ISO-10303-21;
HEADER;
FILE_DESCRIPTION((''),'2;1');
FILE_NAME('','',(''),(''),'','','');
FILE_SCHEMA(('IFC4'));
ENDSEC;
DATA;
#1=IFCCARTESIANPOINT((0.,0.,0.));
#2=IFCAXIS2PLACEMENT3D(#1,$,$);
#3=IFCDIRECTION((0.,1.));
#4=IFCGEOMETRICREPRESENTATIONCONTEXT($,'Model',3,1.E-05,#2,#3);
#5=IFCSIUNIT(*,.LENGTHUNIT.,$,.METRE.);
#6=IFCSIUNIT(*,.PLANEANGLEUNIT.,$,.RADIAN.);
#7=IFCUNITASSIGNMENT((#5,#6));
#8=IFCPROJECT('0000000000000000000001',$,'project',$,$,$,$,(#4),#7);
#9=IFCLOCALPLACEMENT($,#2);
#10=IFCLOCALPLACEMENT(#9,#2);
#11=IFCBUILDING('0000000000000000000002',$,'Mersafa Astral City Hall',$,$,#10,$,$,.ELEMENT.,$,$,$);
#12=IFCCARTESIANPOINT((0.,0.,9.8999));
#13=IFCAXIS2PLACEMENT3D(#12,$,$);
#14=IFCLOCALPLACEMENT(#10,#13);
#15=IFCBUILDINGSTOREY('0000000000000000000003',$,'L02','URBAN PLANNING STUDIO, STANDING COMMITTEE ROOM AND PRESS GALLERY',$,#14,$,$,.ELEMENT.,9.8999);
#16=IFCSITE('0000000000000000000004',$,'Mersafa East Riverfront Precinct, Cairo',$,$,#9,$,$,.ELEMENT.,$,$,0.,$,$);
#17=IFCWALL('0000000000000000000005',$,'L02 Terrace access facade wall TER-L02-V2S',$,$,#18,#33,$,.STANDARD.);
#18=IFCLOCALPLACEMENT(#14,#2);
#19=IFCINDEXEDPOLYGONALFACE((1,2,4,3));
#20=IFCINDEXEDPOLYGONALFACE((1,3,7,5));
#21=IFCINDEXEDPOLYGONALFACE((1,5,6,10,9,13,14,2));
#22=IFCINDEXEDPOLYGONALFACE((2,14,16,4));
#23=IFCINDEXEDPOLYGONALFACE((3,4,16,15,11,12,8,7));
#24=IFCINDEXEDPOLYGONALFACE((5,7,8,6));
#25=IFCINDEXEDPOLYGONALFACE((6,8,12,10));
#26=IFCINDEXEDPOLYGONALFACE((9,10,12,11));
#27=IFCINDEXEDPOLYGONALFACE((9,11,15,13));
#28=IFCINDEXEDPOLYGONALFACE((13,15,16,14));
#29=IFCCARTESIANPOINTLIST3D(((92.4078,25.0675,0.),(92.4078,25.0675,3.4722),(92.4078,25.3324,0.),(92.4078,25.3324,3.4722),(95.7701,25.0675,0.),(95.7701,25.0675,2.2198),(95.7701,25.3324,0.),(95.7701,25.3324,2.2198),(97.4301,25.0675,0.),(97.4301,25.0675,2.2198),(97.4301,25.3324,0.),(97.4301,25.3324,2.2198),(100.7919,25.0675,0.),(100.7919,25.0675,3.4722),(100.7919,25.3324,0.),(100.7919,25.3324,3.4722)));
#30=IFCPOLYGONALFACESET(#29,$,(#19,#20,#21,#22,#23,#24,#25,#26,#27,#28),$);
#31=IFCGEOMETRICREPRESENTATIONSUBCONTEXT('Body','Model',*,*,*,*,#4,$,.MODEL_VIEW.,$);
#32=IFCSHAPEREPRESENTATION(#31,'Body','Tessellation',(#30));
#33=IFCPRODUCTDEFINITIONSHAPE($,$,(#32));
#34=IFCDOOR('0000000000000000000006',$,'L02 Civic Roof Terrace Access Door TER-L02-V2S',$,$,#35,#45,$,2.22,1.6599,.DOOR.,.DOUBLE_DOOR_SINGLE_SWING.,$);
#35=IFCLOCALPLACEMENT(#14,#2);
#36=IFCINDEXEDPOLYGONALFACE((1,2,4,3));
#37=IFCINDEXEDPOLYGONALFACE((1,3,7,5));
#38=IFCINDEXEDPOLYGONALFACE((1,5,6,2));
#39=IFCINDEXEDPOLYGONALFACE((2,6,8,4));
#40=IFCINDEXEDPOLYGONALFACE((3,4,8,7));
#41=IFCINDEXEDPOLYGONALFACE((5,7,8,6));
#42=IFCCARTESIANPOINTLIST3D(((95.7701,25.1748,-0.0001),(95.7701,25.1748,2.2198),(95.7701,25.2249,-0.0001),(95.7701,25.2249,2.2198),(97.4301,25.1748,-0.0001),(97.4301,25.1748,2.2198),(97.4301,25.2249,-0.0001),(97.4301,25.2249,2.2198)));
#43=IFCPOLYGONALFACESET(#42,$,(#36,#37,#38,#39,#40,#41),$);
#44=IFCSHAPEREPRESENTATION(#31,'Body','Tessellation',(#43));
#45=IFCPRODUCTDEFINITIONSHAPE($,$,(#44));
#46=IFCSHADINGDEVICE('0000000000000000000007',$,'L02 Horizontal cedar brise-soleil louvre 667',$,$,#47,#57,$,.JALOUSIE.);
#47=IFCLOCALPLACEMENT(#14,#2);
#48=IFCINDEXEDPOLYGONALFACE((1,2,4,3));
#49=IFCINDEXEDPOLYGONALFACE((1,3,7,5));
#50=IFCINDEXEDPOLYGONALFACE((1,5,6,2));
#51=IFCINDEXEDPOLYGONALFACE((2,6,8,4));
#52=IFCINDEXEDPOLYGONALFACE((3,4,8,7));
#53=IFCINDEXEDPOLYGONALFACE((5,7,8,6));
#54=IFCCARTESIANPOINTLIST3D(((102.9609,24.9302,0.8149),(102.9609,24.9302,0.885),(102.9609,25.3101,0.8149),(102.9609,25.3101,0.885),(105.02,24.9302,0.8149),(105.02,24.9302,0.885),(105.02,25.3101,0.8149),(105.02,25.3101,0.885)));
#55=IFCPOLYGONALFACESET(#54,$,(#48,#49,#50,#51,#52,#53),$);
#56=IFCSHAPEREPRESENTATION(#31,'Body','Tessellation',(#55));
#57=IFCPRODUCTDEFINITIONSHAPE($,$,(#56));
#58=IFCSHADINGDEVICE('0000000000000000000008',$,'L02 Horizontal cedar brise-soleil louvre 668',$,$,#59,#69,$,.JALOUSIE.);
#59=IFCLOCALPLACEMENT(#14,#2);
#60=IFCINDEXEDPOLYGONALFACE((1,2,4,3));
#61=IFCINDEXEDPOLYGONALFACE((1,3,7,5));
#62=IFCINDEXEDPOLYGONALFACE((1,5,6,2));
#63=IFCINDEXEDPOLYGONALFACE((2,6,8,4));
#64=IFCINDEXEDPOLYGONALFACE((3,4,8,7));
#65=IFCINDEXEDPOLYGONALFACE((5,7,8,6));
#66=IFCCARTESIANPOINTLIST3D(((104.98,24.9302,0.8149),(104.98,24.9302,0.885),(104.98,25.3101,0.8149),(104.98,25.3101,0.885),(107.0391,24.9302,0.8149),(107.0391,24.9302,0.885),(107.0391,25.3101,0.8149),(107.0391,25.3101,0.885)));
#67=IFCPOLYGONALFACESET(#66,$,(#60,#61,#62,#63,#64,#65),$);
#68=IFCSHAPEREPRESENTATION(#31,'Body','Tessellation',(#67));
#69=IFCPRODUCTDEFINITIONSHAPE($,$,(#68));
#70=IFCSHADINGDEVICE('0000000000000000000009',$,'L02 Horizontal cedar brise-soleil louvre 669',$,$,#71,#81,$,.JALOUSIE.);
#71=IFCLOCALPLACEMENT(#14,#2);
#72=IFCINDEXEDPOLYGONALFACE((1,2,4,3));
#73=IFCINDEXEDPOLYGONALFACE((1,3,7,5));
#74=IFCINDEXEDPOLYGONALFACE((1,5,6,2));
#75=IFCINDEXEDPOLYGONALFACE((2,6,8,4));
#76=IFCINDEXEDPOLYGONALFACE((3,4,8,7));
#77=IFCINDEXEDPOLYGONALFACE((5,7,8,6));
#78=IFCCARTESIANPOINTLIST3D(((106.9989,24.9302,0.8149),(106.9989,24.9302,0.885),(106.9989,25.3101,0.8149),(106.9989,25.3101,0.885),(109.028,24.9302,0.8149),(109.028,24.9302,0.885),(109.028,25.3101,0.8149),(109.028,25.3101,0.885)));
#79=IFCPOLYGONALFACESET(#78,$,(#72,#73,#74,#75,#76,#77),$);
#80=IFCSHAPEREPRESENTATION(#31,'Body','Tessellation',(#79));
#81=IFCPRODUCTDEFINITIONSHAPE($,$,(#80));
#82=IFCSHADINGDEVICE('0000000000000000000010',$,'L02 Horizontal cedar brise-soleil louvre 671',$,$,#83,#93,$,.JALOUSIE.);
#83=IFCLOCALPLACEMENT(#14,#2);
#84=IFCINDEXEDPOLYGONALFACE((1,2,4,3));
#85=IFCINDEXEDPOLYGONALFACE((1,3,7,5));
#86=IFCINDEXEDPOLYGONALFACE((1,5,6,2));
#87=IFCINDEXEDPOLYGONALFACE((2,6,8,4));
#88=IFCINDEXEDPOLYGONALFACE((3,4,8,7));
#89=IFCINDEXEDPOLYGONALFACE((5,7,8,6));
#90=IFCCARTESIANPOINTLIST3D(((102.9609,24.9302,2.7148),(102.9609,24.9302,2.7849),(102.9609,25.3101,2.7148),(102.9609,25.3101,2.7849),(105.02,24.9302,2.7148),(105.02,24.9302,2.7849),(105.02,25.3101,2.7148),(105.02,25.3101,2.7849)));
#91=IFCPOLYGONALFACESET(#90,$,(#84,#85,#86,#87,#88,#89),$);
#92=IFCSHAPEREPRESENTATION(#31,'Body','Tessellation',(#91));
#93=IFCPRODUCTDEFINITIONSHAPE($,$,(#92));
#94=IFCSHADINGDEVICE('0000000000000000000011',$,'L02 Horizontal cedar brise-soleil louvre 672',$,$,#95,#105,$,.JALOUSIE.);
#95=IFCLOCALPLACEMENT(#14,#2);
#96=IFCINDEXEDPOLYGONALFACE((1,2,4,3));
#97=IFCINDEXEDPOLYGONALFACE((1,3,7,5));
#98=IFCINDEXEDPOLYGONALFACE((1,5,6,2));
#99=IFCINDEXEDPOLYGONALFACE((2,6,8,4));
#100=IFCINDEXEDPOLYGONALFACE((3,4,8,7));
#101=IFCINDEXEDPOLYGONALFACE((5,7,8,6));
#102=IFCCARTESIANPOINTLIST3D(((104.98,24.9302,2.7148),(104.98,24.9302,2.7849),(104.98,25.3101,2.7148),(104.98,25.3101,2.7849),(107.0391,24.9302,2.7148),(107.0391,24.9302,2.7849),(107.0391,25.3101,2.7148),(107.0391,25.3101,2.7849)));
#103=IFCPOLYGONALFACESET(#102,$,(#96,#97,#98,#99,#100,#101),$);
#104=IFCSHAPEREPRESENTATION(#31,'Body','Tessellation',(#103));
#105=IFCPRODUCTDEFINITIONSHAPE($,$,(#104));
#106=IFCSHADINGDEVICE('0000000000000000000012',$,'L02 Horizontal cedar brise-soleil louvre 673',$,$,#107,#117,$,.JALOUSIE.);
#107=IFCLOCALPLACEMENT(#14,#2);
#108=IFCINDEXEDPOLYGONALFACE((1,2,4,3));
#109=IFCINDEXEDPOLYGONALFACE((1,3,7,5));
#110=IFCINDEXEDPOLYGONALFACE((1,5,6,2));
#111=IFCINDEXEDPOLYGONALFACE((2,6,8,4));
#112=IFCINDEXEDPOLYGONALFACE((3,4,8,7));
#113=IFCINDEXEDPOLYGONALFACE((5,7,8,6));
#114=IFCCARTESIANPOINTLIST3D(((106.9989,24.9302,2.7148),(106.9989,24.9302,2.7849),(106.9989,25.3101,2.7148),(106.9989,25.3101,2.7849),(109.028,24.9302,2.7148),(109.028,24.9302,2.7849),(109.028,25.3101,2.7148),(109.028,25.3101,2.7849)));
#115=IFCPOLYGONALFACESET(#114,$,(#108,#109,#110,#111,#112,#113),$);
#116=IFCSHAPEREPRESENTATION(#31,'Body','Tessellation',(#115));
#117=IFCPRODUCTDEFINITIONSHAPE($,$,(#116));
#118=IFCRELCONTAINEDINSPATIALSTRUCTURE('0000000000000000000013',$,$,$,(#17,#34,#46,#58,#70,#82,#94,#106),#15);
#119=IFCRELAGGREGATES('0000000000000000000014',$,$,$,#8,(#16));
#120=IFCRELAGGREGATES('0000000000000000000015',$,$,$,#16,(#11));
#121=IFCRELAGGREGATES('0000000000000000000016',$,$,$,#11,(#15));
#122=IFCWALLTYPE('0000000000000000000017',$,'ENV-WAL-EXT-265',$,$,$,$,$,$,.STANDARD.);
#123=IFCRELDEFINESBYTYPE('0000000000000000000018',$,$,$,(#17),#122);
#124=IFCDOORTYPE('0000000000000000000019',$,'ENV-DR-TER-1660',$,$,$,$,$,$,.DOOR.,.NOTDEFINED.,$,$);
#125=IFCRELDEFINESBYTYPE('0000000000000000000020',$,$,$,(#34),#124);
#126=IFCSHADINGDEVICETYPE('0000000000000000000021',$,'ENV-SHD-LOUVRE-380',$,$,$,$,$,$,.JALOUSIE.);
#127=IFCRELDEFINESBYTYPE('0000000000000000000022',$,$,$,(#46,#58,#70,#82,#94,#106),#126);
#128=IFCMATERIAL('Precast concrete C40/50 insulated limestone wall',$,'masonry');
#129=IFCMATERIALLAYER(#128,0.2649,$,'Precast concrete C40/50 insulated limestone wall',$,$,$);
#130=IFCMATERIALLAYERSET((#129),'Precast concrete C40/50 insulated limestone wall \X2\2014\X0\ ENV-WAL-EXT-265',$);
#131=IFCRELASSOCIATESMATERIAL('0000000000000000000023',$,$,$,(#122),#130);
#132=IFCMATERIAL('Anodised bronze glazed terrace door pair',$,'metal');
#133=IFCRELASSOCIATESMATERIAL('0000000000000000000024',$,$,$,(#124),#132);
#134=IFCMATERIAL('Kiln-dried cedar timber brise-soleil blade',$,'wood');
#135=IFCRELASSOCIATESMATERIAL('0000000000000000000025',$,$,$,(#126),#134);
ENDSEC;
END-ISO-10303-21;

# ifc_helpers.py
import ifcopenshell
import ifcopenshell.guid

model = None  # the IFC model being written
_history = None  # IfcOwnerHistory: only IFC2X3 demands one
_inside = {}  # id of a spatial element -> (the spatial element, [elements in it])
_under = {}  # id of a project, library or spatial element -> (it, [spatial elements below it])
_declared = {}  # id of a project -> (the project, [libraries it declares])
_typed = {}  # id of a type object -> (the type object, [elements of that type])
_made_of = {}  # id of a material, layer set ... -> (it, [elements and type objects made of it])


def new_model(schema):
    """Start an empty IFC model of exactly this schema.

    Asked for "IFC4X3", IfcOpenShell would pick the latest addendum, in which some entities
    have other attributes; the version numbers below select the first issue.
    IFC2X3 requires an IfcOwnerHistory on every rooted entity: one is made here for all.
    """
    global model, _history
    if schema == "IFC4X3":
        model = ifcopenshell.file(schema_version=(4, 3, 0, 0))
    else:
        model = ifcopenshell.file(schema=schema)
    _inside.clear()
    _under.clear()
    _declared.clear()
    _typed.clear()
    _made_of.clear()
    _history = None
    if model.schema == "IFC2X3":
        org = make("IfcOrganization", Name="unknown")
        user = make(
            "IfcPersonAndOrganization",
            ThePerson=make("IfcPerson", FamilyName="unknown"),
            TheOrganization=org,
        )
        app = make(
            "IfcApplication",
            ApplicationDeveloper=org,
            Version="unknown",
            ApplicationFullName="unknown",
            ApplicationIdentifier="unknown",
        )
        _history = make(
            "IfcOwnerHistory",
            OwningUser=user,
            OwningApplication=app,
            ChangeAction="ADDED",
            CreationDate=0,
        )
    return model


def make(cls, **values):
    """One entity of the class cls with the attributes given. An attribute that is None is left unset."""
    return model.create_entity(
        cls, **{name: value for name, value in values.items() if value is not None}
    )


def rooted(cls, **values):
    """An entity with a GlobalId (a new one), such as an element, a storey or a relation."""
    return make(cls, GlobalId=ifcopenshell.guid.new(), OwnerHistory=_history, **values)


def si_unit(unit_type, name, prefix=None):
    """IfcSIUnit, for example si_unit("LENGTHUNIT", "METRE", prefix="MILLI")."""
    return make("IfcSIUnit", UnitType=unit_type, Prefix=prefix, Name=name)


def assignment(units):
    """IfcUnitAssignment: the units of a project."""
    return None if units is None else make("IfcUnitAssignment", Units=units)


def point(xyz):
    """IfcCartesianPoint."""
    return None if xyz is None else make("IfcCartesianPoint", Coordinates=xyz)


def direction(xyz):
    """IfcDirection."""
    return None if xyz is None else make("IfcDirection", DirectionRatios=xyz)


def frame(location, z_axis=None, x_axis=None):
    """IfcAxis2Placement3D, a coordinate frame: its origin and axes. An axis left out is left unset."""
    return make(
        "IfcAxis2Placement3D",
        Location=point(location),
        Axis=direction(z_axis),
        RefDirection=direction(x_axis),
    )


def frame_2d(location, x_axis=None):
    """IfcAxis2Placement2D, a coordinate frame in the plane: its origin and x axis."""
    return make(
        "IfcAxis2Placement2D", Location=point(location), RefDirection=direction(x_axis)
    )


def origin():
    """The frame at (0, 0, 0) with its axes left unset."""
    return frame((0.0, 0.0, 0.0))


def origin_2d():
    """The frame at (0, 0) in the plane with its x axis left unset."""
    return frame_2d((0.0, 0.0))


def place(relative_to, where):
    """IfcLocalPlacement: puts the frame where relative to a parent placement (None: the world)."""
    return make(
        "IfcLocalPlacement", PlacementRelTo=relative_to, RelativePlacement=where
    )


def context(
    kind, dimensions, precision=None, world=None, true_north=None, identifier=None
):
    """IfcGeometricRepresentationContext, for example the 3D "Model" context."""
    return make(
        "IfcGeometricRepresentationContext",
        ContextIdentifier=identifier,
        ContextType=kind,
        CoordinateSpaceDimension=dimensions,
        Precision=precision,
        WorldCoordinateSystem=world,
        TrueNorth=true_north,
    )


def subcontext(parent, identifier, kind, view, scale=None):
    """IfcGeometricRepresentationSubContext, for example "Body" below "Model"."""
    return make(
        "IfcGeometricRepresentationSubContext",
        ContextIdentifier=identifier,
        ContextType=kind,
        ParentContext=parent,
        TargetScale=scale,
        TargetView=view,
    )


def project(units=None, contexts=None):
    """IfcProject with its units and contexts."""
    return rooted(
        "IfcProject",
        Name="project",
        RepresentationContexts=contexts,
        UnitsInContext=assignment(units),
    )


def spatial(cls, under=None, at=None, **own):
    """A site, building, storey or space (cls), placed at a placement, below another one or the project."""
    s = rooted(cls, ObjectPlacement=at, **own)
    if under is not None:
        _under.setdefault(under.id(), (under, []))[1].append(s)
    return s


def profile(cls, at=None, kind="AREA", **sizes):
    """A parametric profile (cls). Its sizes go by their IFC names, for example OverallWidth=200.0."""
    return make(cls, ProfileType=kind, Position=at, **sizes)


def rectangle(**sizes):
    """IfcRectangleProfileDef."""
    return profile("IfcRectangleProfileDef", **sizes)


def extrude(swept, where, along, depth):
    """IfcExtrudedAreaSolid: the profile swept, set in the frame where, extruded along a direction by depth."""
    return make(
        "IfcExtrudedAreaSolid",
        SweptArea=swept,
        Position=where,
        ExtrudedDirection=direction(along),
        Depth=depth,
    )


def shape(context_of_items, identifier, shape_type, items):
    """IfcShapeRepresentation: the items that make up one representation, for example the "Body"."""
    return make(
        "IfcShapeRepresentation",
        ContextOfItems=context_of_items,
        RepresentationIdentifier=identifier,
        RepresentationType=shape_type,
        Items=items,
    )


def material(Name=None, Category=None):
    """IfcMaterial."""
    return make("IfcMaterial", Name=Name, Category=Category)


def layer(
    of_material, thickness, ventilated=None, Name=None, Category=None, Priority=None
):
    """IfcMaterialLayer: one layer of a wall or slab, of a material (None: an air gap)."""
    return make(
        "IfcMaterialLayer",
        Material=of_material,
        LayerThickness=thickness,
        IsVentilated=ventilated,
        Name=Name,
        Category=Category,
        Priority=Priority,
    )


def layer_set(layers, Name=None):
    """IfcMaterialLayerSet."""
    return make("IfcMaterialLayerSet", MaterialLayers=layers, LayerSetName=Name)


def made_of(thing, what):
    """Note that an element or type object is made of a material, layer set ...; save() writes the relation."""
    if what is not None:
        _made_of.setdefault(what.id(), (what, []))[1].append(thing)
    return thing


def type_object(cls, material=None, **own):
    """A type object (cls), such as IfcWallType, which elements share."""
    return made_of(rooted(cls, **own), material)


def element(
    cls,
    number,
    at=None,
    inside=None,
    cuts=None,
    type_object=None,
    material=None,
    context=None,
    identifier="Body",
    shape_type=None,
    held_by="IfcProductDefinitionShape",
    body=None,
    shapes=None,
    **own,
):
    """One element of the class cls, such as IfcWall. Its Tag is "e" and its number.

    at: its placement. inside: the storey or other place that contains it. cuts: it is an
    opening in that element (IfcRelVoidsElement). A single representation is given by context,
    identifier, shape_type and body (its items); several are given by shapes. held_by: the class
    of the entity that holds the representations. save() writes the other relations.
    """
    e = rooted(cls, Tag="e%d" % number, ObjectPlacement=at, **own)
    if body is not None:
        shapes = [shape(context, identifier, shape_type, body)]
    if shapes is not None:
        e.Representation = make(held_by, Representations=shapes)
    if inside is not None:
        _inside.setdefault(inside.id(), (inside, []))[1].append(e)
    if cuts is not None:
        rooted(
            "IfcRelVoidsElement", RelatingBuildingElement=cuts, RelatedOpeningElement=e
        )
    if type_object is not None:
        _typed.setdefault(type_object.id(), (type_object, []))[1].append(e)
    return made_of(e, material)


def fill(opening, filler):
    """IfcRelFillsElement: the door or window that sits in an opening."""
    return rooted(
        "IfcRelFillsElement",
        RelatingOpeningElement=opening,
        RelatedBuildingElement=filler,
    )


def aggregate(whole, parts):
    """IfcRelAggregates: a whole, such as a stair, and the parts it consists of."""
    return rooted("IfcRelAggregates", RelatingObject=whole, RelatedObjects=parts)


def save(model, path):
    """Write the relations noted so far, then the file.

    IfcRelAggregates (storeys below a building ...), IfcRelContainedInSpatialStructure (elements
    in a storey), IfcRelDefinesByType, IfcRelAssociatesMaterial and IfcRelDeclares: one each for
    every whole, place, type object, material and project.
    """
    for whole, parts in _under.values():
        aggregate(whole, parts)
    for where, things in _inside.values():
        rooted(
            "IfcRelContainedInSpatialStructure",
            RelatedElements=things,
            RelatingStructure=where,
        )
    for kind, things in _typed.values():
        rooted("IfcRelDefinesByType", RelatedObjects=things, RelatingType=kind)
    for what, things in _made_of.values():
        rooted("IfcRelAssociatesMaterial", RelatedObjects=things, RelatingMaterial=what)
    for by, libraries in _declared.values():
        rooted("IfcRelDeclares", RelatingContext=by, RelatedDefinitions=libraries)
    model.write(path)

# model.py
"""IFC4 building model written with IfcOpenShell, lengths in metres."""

from ifc_helpers import new_model, si_unit, direction, frame, frame_2d, origin, origin_2d, place, context, subcontext, project, spatial, rectangle, extrude, material, layer, layer_set, type_object, element, fill, save


model = new_model("IFC4")

# Units and contexts
model_context = context("Model", 3, precision=1e-05, world=origin(), true_north=direction((0.0, 1.0)))
body_context = subcontext(model_context, "Body", "Model", "MODEL_VIEW")
ifc_project = project(units=[si_unit("LENGTHUNIT", "METRE"), si_unit("PLANEANGLEUNIT", "RADIAN")], contexts=[model_context])

# Site, building, storey
site_placement = place(None, origin())
site = spatial("IfcSite", under=ifc_project, at=site_placement, Name="Mersafa East Riverfront Precinct, Cairo", CompositionType="ELEMENT", RefElevation=0.0)
building_placement = place(site_placement, origin())
building = spatial("IfcBuilding", under=site, at=building_placement, Name="Mersafa Astral City Hall", CompositionType="ELEMENT")
storey_placement = place(building_placement, frame((0.0, 0.0, 9.8999)))
storey = spatial("IfcBuildingStorey", under=building, at=storey_placement, Name="L02", Description="URBAN PLANNING STUDIO, STANDING COMMITTEE ROOM AND PRESS GALLERY", CompositionType="ELEMENT", Elevation=9.8999)

# Wall, opening, door
ifc_material_1 = material(Name="Precast concrete C40/50 insulated limestone wall", Category="masonry")
ifc_layer_1 = layer(ifc_material_1, 0.2649, Name="Precast concrete C40/50 insulated limestone wall")
ifc_layer_set_1 = layer_set([ifc_layer_1], Name="Precast concrete C40/50 insulated limestone wall — ENV-WAL-EXT-265")
wall_type = type_object("IfcWallType", Name="ENV-WAL-EXT-265", PredefinedType="STANDARD", material=ifc_layer_set_1)
wall_placement = place(storey_placement, frame((92.408, 25.2, 0.0), z_axis=(0.0, 0.0, 1.0), x_axis=(1.0, 0.0, 0.0)))
wall = element("IfcWall", 1, at=wall_placement, inside=storey, type_object=wall_type, Name="L02 Terrace access facade wall TER-L02-V2S", PredefinedType="STANDARD", context=body_context, shape_type="SweptSolid", body=[
    extrude(rectangle(XDim=8.384, YDim=0.2649, at=frame_2d((4.1919, 0.0))), origin(), (0.0, 0.0, 1.0), 3.4722),
])
opening_placement = place(wall_placement, frame((3.3621, 0.0, 0.0)))
opening = element("IfcOpeningElement", 2, at=opening_placement, cuts=wall, PredefinedType="OPENING", context=body_context, shape_type="SweptSolid", body=[
    extrude(rectangle(XDim=1.6599, YDim=2.22, at=frame_2d((0.8301, 1.1099))), frame((0.0, 0.1423, 0.0), z_axis=(0.0, -1.0, 0.0), x_axis=(1.0, 0.0, 0.0)), (0.0, 0.0, 1.0), 0.2849),
])
ifc_material_2 = material(Name="Anodised bronze glazed terrace door pair", Category="metal")
door_type = type_object("IfcDoorType", Name="ENV-DR-TER-1660", OperationType="NOTDEFINED", PredefinedType="DOOR", material=ifc_material_2)
door_placement = place(opening_placement, origin())
door = element("IfcDoor", 3, at=door_placement, inside=storey, type_object=door_type, Name="L02 Civic Roof Terrace Access Door TER-L02-V2S", OperationType="DOUBLE_DOOR_SINGLE_SWING", OverallHeight=2.22, OverallWidth=1.6599, PredefinedType="DOOR", context=body_context, shape_type="SweptSolid", body=[
    extrude(rectangle(XDim=1.6599, YDim=2.22, at=frame_2d((0.8301, 1.1099))), frame((0.0, 0.0249, 0.0), z_axis=(0.0, -1.0, 0.0), x_axis=(1.0, 0.0, 0.0)), (0.0, 0.0, 1.0), 0.05),
])
fill(opening, door)

# Shading devices
ifc_material_3 = material(Name="Kiln-dried cedar timber brise-soleil blade", Category="wood")
shading_device_type = type_object("IfcShadingDeviceType", Name="ENV-SHD-LOUVRE-380", PredefinedType="JALOUSIE", material=ifc_material_3)
for number, where, z_axis, x_axis, name in (
    (4, (103.9905, 25.1201, 0.8149), (0.0, 0.0, 1.0), (1.0, 0.0, 0.0), "L02 Horizontal cedar brise-soleil louvre 667"),
    (5, (106.0095, 25.1201, 0.8149), (0.0, 0.0, 1.0), (1.0, 0.0, 0.0), "L02 Horizontal cedar brise-soleil louvre 668"),
):
    element("IfcShadingDevice", number, at=place(storey_placement, frame(where, z_axis=z_axis, x_axis=x_axis)), inside=storey, type_object=shading_device_type, Name=name, PredefinedType="JALOUSIE", context=body_context, shape_type="SweptSolid", body=[
        extrude(rectangle(XDim=2.0591, YDim=0.3799, at=origin_2d()), origin(), (0.0, 0.0, 1.0), 0.0701),
    ])
shading_device_1_placement = place(storey_placement, frame((108.0134, 25.1201, 0.8149), z_axis=(0.0, 0.0, 1.0), x_axis=(1.0, 0.0, 0.0)))
element("IfcShadingDevice", 6, at=shading_device_1_placement, inside=storey, type_object=shading_device_type, Name="L02 Horizontal cedar brise-soleil louvre 669", PredefinedType="JALOUSIE", context=body_context, shape_type="SweptSolid", body=[
    extrude(rectangle(XDim=2.0291, YDim=0.3799, at=origin_2d()), origin(), (0.0, 0.0, 1.0), 0.0701),
])
for number, where, z_axis, x_axis, name in (
    (7, (103.9905, 25.1201, 2.7148), (0.0, 0.0, 1.0), (1.0, 0.0, 0.0), "L02 Horizontal cedar brise-soleil louvre 671"),
    (8, (106.0095, 25.1201, 2.7148), (0.0, 0.0, 1.0), (1.0, 0.0, 0.0), "L02 Horizontal cedar brise-soleil louvre 672"),
):
    element("IfcShadingDevice", number, at=place(storey_placement, frame(where, z_axis=z_axis, x_axis=x_axis)), inside=storey, type_object=shading_device_type, Name=name, PredefinedType="JALOUSIE", context=body_context, shape_type="SweptSolid", body=[
        extrude(rectangle(XDim=2.0591, YDim=0.3799, at=origin_2d()), origin(), (0.0, 0.0, 1.0), 0.0701),
    ])
shading_device_2_placement = place(storey_placement, frame((108.0134, 25.1201, 2.7148), z_axis=(0.0, 0.0, 1.0), x_axis=(1.0, 0.0, 0.0)))
element("IfcShadingDevice", 9, at=shading_device_2_placement, inside=storey, type_object=shading_device_type, Name="L02 Horizontal cedar brise-soleil louvre 673", PredefinedType="JALOUSIE", context=body_context, shape_type="SweptSolid", body=[
    extrude(rectangle(XDim=2.0291, YDim=0.3799, at=origin_2d()), origin(), (0.0, 0.0, 1.0), 0.0701),
])

save(model, "model.ifc")
